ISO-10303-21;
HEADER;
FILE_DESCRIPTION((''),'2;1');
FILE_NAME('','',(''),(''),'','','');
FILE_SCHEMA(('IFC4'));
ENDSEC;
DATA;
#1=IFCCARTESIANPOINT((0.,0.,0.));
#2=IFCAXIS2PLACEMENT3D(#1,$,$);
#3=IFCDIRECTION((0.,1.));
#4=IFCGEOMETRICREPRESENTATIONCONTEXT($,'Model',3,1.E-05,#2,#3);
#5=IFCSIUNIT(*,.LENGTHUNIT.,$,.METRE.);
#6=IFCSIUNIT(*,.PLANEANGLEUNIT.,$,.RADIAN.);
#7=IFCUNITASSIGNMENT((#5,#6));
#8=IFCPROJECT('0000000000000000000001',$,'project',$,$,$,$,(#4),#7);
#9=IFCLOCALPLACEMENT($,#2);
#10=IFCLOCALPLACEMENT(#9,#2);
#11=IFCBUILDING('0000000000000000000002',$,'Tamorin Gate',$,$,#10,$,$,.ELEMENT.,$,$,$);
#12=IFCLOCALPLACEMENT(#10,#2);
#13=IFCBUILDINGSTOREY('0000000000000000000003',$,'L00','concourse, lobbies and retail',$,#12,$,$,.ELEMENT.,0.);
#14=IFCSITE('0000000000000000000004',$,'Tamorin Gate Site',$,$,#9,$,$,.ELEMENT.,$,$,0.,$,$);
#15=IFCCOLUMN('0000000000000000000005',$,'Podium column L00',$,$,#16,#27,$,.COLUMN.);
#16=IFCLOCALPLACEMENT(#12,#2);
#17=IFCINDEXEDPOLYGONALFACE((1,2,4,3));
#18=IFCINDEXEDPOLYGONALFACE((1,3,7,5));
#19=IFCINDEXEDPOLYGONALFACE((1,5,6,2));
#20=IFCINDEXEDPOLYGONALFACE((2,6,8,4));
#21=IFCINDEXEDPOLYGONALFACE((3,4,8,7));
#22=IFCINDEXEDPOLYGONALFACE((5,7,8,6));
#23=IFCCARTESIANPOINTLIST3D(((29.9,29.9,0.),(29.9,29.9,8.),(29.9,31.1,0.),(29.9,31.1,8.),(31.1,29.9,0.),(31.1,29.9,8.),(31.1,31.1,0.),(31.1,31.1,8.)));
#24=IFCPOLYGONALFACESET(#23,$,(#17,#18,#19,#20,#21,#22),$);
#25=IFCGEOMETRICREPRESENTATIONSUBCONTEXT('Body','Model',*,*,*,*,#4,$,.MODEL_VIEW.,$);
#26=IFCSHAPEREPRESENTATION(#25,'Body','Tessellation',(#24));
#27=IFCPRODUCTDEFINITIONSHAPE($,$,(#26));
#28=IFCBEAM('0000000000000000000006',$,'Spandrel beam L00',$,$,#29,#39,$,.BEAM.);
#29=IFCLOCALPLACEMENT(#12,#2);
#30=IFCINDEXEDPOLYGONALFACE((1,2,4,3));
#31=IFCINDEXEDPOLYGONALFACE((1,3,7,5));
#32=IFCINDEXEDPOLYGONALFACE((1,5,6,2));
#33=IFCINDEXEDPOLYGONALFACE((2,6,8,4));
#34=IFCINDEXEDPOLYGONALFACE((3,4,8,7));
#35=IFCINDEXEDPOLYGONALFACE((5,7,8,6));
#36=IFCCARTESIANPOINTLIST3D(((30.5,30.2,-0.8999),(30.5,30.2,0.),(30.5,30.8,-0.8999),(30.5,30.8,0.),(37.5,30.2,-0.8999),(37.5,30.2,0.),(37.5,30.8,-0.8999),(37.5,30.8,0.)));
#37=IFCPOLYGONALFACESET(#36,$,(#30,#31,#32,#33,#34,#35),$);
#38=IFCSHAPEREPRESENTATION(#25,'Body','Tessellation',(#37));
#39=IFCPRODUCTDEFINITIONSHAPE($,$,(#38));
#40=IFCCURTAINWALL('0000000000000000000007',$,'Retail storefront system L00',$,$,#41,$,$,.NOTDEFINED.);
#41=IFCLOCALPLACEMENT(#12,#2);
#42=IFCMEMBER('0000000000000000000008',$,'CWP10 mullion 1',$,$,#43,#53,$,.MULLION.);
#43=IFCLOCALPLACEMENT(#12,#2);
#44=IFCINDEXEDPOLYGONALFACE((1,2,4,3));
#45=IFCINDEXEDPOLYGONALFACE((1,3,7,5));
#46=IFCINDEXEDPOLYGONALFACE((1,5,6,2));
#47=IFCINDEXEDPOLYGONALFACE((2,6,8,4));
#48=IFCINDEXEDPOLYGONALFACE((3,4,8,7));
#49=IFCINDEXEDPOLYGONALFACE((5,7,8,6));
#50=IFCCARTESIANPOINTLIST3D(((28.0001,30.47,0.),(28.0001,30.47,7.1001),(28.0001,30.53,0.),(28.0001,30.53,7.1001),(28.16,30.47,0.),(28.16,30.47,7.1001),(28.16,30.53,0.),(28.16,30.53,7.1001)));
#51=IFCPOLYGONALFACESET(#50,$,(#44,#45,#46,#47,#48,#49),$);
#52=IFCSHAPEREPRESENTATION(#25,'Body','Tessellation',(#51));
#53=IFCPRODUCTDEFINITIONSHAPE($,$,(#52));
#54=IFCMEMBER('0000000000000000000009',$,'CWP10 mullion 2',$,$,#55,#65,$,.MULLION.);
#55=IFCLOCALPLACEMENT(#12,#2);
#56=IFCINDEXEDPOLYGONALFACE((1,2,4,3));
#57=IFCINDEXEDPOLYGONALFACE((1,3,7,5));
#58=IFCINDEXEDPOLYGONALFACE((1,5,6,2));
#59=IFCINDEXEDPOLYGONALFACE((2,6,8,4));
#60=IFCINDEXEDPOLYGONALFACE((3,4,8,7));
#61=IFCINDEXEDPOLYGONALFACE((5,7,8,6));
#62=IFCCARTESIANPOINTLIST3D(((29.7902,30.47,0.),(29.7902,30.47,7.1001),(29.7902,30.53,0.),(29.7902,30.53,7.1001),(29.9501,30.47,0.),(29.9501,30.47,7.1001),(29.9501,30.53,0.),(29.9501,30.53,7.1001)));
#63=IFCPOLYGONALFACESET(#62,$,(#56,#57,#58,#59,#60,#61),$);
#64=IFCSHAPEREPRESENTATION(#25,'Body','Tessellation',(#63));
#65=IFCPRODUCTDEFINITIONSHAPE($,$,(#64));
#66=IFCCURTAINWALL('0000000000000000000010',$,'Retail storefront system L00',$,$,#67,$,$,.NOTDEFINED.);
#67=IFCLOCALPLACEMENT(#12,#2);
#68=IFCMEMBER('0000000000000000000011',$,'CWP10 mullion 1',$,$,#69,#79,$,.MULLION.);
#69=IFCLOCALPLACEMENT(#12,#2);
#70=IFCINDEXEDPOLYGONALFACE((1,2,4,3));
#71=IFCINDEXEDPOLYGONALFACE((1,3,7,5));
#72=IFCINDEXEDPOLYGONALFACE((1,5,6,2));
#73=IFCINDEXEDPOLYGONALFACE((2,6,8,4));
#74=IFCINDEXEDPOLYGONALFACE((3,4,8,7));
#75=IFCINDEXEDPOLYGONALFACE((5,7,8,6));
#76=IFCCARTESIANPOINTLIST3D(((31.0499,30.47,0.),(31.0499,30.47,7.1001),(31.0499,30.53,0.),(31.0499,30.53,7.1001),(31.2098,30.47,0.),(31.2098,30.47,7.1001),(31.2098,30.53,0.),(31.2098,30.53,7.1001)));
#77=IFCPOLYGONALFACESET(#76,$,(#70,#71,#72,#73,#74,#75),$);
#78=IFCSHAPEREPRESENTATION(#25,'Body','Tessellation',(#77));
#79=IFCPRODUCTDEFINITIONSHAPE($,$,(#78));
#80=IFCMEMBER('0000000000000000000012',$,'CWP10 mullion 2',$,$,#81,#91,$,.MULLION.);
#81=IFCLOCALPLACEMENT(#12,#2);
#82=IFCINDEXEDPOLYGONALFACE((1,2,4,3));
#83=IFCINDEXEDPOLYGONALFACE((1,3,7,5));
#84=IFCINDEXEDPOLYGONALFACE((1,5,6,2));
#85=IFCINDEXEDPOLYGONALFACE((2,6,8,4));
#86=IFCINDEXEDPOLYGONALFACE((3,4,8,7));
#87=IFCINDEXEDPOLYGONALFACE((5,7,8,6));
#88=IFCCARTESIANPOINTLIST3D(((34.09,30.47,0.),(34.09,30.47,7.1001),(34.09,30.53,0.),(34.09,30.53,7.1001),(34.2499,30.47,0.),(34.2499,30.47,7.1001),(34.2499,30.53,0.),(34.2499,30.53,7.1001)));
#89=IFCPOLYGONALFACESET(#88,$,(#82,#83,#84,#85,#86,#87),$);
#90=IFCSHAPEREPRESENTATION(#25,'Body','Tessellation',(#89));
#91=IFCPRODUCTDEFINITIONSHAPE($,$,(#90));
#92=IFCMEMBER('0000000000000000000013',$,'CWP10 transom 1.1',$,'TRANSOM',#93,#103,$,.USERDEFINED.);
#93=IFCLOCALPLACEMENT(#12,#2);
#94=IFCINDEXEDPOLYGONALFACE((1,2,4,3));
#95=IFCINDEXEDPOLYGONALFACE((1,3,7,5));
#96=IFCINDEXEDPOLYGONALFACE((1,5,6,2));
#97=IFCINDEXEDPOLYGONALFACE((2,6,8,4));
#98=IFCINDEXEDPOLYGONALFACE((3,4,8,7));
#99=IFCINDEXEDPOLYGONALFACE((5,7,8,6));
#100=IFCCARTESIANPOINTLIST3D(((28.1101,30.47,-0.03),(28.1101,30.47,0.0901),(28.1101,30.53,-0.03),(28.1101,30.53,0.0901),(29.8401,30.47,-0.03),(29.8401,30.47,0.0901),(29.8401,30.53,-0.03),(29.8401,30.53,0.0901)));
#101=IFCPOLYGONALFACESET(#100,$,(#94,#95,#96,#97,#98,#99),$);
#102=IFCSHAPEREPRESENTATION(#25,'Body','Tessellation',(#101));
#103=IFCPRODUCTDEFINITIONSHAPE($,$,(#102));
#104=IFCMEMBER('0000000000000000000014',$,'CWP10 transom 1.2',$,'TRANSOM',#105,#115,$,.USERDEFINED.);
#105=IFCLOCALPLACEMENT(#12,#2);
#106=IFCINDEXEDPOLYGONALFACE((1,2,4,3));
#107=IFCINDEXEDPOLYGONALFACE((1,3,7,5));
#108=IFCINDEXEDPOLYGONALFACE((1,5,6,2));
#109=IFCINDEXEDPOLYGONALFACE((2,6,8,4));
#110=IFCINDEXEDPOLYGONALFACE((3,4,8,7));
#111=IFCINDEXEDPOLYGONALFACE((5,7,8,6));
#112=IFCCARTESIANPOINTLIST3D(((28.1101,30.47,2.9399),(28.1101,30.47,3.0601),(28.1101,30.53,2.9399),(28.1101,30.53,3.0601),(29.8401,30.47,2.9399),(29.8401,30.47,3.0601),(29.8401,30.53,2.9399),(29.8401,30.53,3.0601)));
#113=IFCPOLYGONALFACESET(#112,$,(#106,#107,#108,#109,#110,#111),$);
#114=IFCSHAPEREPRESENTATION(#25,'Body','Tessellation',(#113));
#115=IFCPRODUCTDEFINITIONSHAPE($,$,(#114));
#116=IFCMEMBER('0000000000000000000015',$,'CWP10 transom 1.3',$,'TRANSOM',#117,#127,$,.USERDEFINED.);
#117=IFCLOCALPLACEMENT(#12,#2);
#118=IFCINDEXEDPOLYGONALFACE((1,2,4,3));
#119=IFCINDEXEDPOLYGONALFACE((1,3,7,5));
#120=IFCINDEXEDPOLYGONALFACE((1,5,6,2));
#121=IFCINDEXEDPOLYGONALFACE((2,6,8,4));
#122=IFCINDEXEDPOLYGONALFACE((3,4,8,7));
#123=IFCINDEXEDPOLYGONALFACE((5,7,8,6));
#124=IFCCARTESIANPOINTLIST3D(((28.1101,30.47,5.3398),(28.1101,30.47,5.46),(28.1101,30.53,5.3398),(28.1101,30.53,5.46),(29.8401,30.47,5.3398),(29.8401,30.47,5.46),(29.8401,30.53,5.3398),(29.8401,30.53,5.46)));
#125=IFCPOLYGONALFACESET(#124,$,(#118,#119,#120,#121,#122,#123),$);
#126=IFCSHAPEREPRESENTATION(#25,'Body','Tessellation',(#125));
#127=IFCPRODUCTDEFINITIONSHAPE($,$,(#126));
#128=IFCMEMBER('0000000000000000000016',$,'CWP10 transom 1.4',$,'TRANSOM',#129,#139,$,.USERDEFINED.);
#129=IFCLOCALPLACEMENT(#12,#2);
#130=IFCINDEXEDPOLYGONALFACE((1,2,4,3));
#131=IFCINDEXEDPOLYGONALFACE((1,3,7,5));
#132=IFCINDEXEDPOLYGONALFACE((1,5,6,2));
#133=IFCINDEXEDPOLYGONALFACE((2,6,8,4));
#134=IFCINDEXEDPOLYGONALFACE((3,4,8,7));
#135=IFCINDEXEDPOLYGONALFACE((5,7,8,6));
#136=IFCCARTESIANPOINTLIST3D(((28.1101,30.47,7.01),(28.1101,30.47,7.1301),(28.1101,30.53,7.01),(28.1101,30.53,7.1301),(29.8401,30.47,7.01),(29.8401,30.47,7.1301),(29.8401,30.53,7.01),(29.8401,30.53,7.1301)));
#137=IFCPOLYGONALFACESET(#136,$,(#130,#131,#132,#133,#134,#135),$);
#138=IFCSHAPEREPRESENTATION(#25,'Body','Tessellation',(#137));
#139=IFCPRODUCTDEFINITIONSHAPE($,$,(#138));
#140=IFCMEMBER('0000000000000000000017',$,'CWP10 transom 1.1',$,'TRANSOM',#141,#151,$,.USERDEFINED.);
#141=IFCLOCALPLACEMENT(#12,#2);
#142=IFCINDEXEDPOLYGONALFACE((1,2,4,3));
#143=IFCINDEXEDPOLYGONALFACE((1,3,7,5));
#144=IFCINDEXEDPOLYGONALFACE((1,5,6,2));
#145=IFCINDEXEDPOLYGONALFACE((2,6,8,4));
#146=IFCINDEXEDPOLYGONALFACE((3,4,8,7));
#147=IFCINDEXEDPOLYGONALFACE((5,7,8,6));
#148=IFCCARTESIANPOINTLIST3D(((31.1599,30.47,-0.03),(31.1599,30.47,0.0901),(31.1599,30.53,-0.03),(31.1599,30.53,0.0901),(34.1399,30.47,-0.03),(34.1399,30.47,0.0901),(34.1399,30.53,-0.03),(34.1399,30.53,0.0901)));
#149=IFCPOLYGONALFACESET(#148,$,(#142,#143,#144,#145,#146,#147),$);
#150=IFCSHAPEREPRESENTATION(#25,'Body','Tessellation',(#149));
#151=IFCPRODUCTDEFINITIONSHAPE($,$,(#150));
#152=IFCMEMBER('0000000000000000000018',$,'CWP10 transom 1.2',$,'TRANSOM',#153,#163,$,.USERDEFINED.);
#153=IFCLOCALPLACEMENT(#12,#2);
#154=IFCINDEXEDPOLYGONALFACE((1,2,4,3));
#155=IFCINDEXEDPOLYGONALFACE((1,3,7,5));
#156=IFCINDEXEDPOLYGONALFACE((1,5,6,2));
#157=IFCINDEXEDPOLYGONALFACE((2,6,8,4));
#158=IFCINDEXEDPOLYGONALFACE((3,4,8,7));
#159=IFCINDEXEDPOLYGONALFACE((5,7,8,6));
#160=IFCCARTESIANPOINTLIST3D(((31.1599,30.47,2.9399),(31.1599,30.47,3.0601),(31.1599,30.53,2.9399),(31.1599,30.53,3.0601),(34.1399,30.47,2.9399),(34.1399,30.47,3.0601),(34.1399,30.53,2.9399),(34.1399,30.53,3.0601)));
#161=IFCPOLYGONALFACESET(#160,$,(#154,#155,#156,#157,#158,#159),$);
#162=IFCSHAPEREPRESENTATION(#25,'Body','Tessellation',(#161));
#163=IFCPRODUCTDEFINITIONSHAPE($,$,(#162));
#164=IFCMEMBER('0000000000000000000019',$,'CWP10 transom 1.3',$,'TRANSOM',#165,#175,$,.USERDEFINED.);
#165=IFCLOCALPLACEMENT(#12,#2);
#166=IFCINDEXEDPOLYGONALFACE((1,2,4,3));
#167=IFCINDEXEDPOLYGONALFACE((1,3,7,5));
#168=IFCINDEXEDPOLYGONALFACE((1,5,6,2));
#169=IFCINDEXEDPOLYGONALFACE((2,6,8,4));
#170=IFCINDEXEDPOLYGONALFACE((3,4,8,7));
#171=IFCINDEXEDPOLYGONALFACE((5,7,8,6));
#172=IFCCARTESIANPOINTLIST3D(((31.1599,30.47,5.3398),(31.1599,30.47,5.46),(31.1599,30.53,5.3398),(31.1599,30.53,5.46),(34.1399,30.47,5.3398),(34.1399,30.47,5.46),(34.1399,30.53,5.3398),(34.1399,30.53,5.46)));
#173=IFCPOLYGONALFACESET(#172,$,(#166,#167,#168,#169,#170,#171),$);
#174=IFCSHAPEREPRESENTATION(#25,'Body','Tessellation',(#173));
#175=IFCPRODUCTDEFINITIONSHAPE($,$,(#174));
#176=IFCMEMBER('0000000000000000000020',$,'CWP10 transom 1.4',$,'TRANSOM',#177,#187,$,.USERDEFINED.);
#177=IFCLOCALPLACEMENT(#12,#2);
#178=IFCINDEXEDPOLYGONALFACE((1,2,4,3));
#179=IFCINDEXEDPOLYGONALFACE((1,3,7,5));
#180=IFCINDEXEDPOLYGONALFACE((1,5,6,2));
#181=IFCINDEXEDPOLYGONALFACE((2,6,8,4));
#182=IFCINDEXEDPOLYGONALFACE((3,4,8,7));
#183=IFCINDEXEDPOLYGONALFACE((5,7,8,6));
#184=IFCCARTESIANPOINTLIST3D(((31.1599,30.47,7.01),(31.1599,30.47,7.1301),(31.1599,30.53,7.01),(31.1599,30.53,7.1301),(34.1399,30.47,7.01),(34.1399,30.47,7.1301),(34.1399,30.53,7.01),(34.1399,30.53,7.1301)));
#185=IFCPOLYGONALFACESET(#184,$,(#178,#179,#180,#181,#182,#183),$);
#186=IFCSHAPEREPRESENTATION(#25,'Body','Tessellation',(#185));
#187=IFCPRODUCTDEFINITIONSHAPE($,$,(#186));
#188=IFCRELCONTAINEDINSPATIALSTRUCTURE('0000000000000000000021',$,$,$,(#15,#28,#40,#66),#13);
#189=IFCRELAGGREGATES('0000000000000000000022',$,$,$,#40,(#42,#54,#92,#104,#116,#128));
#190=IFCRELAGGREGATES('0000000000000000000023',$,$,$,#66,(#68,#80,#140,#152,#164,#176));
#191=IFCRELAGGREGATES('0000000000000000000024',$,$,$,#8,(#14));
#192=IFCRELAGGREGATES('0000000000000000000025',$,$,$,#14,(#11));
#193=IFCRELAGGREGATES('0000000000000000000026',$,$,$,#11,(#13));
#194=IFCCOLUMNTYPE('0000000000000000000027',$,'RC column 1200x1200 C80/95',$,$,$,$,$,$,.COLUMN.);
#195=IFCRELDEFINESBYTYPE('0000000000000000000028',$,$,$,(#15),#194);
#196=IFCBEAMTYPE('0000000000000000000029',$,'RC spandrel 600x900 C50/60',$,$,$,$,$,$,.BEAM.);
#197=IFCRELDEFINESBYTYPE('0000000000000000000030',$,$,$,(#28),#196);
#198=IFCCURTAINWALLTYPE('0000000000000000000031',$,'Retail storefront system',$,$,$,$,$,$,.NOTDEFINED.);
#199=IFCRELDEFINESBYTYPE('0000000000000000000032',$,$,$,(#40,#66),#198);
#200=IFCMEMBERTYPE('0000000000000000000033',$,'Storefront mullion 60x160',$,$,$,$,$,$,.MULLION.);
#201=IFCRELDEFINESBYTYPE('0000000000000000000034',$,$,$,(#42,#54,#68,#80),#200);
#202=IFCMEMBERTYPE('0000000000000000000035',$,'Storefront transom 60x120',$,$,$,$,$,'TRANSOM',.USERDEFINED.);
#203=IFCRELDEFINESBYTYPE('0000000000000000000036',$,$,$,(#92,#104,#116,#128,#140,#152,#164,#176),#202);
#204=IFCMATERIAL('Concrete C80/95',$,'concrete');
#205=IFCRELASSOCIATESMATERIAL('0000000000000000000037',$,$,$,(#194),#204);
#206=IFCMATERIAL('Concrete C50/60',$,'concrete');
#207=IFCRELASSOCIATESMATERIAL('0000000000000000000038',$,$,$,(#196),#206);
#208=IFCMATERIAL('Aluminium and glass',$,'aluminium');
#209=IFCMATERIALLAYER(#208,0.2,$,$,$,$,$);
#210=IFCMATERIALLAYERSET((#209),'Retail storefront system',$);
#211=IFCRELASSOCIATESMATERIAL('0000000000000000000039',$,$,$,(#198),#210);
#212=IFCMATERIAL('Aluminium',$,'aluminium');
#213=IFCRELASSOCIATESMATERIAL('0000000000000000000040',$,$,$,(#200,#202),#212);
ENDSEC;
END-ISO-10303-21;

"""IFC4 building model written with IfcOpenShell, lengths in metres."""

from ifc_helpers import new_model, si_unit, direction, frame, origin, origin_2d, place, context, subcontext, project, spatial, rectangle, extrude, material, layer, layer_set, material_profile, profile_set, type_object, element, aggregate, save


model = new_model("IFC4")

# Units and contexts
model_context = context("Model", 3, precision=1e-05, world=origin(), true_north=direction((0.0, 1.0)))
body_context = subcontext(model_context, "Body", "Model", "MODEL_VIEW")
ifc_project = project(units=[si_unit("LENGTHUNIT", "METRE"), si_unit("PLANEANGLEUNIT", "RADIAN")], contexts=[model_context])

# Site, building, storey
site_placement = place(None, origin())
site = spatial("IfcSite", under=ifc_project, at=site_placement, Name="Tamorin Gate Site", CompositionType="ELEMENT", RefElevation=0.0)
building_placement = place(site_placement, origin())
building = spatial("IfcBuilding", under=site, at=building_placement, Name="Tamorin Gate", CompositionType="ELEMENT")
storey_placement = place(building_placement, origin())
storey = spatial("IfcBuildingStorey", under=building, at=storey_placement, Name="L00", Description="concourse, lobbies and retail", CompositionType="ELEMENT", Elevation=0.0)

# Column
ifc_material_1 = material(Name="Concrete C80/95", Category="concrete")
ifc_material_profile_1 = material_profile(ifc_material_1, rectangle(XDim=1.2, YDim=1.2, at=origin_2d()), Name="RC 1200x1200")
ifc_profile_set_1 = profile_set([ifc_material_profile_1], Name="Concrete C80/95")
column_type = type_object("IfcColumnType", Name="RC column 1200x1200 C80/95", PredefinedType="COLUMN", material=ifc_profile_set_1)
column_placement = place(storey_placement, frame((30.5, 30.5, 0.0), z_axis=(0.0, 0.0, 1.0), x_axis=(1.0, 0.0, 0.0)))
element("IfcColumn", 1, at=column_placement, inside=storey, type_object=column_type, Name="Podium column L00", PredefinedType="COLUMN", context=body_context, shape_type="SweptSolid", body=[
    extrude(rectangle(XDim=1.2, YDim=1.2, at=origin_2d()), origin(), (0.0, 0.0, 1.0), 8.0),
])

# Beam
ifc_material_2 = material(Name="Concrete C50/60", Category="concrete")
ifc_material_profile_2 = material_profile(ifc_material_2, rectangle(XDim=0.6001, YDim=0.8999, at=origin_2d()), Name="RC 600x900")
ifc_profile_set_2 = profile_set([ifc_material_profile_2], Name="Concrete C50/60")
beam_type = type_object("IfcBeamType", Name="RC spandrel 600x900 C50/60", PredefinedType="BEAM", material=ifc_profile_set_2)
beam_placement = place(storey_placement, frame((30.5, 30.5, -0.45), z_axis=(1.0, 0.0, 0.0), x_axis=(0.0, 1.0, 0.0)))
element("IfcBeam", 2, at=beam_placement, inside=storey, type_object=beam_type, Name="Spandrel beam L00", PredefinedType="BEAM", context=body_context, shape_type="SweptSolid", body=[
    extrude(rectangle(XDim=0.6001, YDim=0.8999, at=origin_2d()), origin(), (0.0, 0.0, 1.0), 7.0),
])

# Curtain walls, members
ifc_material_3 = material(Name="Aluminium and glass", Category="aluminium")
ifc_layer_1 = layer(ifc_material_3, 0.2)
ifc_layer_set_1 = layer_set([ifc_layer_1], Name="Retail storefront system")
curtain_wall_type = type_object("IfcCurtainWallType", Name="Retail storefront system", PredefinedType="NOTDEFINED", material=ifc_layer_set_1)
curtain_wall_1_placement = place(storey_placement, origin())
curtain_wall_1 = element("IfcCurtainWall", 3, at=curtain_wall_1_placement, inside=storey, type_object=curtain_wall_type, Name="Retail storefront system L00", PredefinedType="NOTDEFINED")
ifc_material_4 = material(Name="Aluminium", Category="aluminium")
ifc_material_profile_3 = material_profile(ifc_material_4, rectangle(XDim=0.0601, YDim=0.1599, at=origin_2d()), Name="RECT 60x160")
ifc_profile_set_3 = profile_set([ifc_material_profile_3], Name="Aluminium")
member_type_1 = type_object("IfcMemberType", Name="Storefront mullion 60x160", PredefinedType="MULLION", material=ifc_profile_set_3)
member_1_placement = place(storey_placement, frame((28.0801, 30.5, 0.0), z_axis=(0.0, 0.0, 1.0), x_axis=(0.0, 1.0, 0.0)))
member_1 = element("IfcMember", 4, at=member_1_placement, type_object=member_type_1, Name="CWP10 mullion 1", PredefinedType="MULLION", context=body_context, shape_type="SweptSolid", body=[
    extrude(rectangle(XDim=0.0601, YDim=0.1599, at=origin_2d()), origin(), (0.0, 0.0, 1.0), 7.1001),
])
member_2_placement = place(storey_placement, frame((29.8701, 30.5, 0.0), z_axis=(0.0, 0.0, 1.0), x_axis=(0.0, 1.0, 0.0)))
member_2 = element("IfcMember", 5, at=member_2_placement, type_object=member_type_1, Name="CWP10 mullion 2", PredefinedType="MULLION", context=body_context, shape_type="SweptSolid", body=[
    extrude(rectangle(XDim=0.0601, YDim=0.1599, at=origin_2d()), origin(), (0.0, 0.0, 1.0), 7.1001),
])
curtain_wall_2_placement = place(storey_placement, origin())
curtain_wall_2 = element("IfcCurtainWall", 6, at=curtain_wall_2_placement, inside=storey, type_object=curtain_wall_type, Name="Retail storefront system L00", PredefinedType="NOTDEFINED")
member_3_placement = place(storey_placement, frame((31.1299, 30.5, 0.0), z_axis=(0.0, 0.0, 1.0), x_axis=(0.0, 1.0, 0.0)))
member_3 = element("IfcMember", 7, at=member_3_placement, type_object=member_type_1, Name="CWP10 mullion 1", PredefinedType="MULLION", context=body_context, shape_type="SweptSolid", body=[
    extrude(rectangle(XDim=0.0601, YDim=0.1599, at=origin_2d()), origin(), (0.0, 0.0, 1.0), 7.1001),
])
member_4_placement = place(storey_placement, frame((34.1699, 30.5, 0.0), z_axis=(0.0, 0.0, 1.0), x_axis=(0.0, 1.0, 0.0)))
member_4 = element("IfcMember", 8, at=member_4_placement, type_object=member_type_1, Name="CWP10 mullion 2", PredefinedType="MULLION", context=body_context, shape_type="SweptSolid", body=[
    extrude(rectangle(XDim=0.0601, YDim=0.1599, at=origin_2d()), origin(), (0.0, 0.0, 1.0), 7.1001),
])

# Members
ifc_material_profile_4 = material_profile(ifc_material_4, rectangle(XDim=0.0601, YDim=0.1201, at=origin_2d()), Name="RECT 60x120")
ifc_profile_set_4 = profile_set([ifc_material_profile_4], Name="Aluminium")
member_type_2 = type_object("IfcMemberType", Name="Storefront transom 60x120", ElementType="TRANSOM", PredefinedType="USERDEFINED", material=ifc_profile_set_4)
member_5_placement = place(storey_placement, frame((28.1101, 30.5, 0.03), z_axis=(1.0, 0.0, 0.0), x_axis=(0.0, 1.0, 0.0)))
member_5 = element("IfcMember", 9, at=member_5_placement, type_object=member_type_2, Name="CWP10 transom 1.1", ObjectType="TRANSOM", PredefinedType="USERDEFINED", context=body_context, shape_type="SweptSolid", body=[
    extrude(rectangle(XDim=0.0601, YDim=0.1201, at=origin_2d()), origin(), (0.0, 0.0, 1.0), 1.73),
])
member_6_placement = place(storey_placement, frame((28.1101, 30.5, 3.0), z_axis=(1.0, 0.0, 0.0), x_axis=(0.0, 1.0, 0.0)))
member_6 = element("IfcMember", 10, at=member_6_placement, type_object=member_type_2, Name="CWP10 transom 1.2", ObjectType="TRANSOM", PredefinedType="USERDEFINED", context=body_context, shape_type="SweptSolid", body=[
    extrude(rectangle(XDim=0.0601, YDim=0.1201, at=origin_2d()), origin(), (0.0, 0.0, 1.0), 1.73),
])
member_7_placement = place(storey_placement, frame((28.1101, 30.5, 5.3999), z_axis=(1.0, 0.0, 0.0), x_axis=(0.0, 1.0, 0.0)))
member_7 = element("IfcMember", 11, at=member_7_placement, type_object=member_type_2, Name="CWP10 transom 1.3", ObjectType="TRANSOM", PredefinedType="USERDEFINED", context=body_context, shape_type="SweptSolid", body=[
    extrude(rectangle(XDim=0.0601, YDim=0.1201, at=origin_2d()), origin(), (0.0, 0.0, 1.0), 1.73),
])
member_8_placement = place(storey_placement, frame((28.1101, 30.5, 7.0701), z_axis=(1.0, 0.0, 0.0), x_axis=(0.0, 1.0, 0.0)))
member_8 = element("IfcMember", 12, at=member_8_placement, type_object=member_type_2, Name="CWP10 transom 1.4", ObjectType="TRANSOM", PredefinedType="USERDEFINED", context=body_context, shape_type="SweptSolid", body=[
    extrude(rectangle(XDim=0.0601, YDim=0.1201, at=origin_2d()), origin(), (0.0, 0.0, 1.0), 1.73),
])
member_9_placement = place(storey_placement, frame((31.1599, 30.5, 0.03), z_axis=(1.0, 0.0, 0.0), x_axis=(0.0, 1.0, 0.0)))
member_9 = element("IfcMember", 13, at=member_9_placement, type_object=member_type_2, Name="CWP10 transom 1.1", ObjectType="TRANSOM", PredefinedType="USERDEFINED", context=body_context, shape_type="SweptSolid", body=[
    extrude(rectangle(XDim=0.0601, YDim=0.1201, at=origin_2d()), origin(), (0.0, 0.0, 1.0), 2.98),
])
member_10_placement = place(storey_placement, frame((31.1599, 30.5, 3.0), z_axis=(1.0, 0.0, 0.0), x_axis=(0.0, 1.0, 0.0)))
member_10 = element("IfcMember", 14, at=member_10_placement, type_object=member_type_2, Name="CWP10 transom 1.2", ObjectType="TRANSOM", PredefinedType="USERDEFINED", context=body_context, shape_type="SweptSolid", body=[
    extrude(rectangle(XDim=0.0601, YDim=0.1201, at=origin_2d()), origin(), (0.0, 0.0, 1.0), 2.98),
])
member_11_placement = place(storey_placement, frame((31.1599, 30.5, 5.3999), z_axis=(1.0, 0.0, 0.0), x_axis=(0.0, 1.0, 0.0)))
member_11 = element("IfcMember", 15, at=member_11_placement, type_object=member_type_2, Name="CWP10 transom 1.3", ObjectType="TRANSOM", PredefinedType="USERDEFINED", context=body_context, shape_type="SweptSolid", body=[
    extrude(rectangle(XDim=0.0601, YDim=0.1201, at=origin_2d()), origin(), (0.0, 0.0, 1.0), 2.98),
])
member_12_placement = place(storey_placement, frame((31.1599, 30.5, 7.0701), z_axis=(1.0, 0.0, 0.0), x_axis=(0.0, 1.0, 0.0)))
member_12 = element("IfcMember", 16, at=member_12_placement, type_object=member_type_2, Name="CWP10 transom 1.4", ObjectType="TRANSOM", PredefinedType="USERDEFINED", context=body_context, shape_type="SweptSolid", body=[
    extrude(rectangle(XDim=0.0601, YDim=0.1201, at=origin_2d()), origin(), (0.0, 0.0, 1.0), 2.98),
])

aggregate(curtain_wall_1, [member_1, member_2, member_5, member_6, member_7, member_8])
aggregate(curtain_wall_2, [member_3, member_4, member_9, member_10, member_11, member_12])

save(model, "model.ifc")
